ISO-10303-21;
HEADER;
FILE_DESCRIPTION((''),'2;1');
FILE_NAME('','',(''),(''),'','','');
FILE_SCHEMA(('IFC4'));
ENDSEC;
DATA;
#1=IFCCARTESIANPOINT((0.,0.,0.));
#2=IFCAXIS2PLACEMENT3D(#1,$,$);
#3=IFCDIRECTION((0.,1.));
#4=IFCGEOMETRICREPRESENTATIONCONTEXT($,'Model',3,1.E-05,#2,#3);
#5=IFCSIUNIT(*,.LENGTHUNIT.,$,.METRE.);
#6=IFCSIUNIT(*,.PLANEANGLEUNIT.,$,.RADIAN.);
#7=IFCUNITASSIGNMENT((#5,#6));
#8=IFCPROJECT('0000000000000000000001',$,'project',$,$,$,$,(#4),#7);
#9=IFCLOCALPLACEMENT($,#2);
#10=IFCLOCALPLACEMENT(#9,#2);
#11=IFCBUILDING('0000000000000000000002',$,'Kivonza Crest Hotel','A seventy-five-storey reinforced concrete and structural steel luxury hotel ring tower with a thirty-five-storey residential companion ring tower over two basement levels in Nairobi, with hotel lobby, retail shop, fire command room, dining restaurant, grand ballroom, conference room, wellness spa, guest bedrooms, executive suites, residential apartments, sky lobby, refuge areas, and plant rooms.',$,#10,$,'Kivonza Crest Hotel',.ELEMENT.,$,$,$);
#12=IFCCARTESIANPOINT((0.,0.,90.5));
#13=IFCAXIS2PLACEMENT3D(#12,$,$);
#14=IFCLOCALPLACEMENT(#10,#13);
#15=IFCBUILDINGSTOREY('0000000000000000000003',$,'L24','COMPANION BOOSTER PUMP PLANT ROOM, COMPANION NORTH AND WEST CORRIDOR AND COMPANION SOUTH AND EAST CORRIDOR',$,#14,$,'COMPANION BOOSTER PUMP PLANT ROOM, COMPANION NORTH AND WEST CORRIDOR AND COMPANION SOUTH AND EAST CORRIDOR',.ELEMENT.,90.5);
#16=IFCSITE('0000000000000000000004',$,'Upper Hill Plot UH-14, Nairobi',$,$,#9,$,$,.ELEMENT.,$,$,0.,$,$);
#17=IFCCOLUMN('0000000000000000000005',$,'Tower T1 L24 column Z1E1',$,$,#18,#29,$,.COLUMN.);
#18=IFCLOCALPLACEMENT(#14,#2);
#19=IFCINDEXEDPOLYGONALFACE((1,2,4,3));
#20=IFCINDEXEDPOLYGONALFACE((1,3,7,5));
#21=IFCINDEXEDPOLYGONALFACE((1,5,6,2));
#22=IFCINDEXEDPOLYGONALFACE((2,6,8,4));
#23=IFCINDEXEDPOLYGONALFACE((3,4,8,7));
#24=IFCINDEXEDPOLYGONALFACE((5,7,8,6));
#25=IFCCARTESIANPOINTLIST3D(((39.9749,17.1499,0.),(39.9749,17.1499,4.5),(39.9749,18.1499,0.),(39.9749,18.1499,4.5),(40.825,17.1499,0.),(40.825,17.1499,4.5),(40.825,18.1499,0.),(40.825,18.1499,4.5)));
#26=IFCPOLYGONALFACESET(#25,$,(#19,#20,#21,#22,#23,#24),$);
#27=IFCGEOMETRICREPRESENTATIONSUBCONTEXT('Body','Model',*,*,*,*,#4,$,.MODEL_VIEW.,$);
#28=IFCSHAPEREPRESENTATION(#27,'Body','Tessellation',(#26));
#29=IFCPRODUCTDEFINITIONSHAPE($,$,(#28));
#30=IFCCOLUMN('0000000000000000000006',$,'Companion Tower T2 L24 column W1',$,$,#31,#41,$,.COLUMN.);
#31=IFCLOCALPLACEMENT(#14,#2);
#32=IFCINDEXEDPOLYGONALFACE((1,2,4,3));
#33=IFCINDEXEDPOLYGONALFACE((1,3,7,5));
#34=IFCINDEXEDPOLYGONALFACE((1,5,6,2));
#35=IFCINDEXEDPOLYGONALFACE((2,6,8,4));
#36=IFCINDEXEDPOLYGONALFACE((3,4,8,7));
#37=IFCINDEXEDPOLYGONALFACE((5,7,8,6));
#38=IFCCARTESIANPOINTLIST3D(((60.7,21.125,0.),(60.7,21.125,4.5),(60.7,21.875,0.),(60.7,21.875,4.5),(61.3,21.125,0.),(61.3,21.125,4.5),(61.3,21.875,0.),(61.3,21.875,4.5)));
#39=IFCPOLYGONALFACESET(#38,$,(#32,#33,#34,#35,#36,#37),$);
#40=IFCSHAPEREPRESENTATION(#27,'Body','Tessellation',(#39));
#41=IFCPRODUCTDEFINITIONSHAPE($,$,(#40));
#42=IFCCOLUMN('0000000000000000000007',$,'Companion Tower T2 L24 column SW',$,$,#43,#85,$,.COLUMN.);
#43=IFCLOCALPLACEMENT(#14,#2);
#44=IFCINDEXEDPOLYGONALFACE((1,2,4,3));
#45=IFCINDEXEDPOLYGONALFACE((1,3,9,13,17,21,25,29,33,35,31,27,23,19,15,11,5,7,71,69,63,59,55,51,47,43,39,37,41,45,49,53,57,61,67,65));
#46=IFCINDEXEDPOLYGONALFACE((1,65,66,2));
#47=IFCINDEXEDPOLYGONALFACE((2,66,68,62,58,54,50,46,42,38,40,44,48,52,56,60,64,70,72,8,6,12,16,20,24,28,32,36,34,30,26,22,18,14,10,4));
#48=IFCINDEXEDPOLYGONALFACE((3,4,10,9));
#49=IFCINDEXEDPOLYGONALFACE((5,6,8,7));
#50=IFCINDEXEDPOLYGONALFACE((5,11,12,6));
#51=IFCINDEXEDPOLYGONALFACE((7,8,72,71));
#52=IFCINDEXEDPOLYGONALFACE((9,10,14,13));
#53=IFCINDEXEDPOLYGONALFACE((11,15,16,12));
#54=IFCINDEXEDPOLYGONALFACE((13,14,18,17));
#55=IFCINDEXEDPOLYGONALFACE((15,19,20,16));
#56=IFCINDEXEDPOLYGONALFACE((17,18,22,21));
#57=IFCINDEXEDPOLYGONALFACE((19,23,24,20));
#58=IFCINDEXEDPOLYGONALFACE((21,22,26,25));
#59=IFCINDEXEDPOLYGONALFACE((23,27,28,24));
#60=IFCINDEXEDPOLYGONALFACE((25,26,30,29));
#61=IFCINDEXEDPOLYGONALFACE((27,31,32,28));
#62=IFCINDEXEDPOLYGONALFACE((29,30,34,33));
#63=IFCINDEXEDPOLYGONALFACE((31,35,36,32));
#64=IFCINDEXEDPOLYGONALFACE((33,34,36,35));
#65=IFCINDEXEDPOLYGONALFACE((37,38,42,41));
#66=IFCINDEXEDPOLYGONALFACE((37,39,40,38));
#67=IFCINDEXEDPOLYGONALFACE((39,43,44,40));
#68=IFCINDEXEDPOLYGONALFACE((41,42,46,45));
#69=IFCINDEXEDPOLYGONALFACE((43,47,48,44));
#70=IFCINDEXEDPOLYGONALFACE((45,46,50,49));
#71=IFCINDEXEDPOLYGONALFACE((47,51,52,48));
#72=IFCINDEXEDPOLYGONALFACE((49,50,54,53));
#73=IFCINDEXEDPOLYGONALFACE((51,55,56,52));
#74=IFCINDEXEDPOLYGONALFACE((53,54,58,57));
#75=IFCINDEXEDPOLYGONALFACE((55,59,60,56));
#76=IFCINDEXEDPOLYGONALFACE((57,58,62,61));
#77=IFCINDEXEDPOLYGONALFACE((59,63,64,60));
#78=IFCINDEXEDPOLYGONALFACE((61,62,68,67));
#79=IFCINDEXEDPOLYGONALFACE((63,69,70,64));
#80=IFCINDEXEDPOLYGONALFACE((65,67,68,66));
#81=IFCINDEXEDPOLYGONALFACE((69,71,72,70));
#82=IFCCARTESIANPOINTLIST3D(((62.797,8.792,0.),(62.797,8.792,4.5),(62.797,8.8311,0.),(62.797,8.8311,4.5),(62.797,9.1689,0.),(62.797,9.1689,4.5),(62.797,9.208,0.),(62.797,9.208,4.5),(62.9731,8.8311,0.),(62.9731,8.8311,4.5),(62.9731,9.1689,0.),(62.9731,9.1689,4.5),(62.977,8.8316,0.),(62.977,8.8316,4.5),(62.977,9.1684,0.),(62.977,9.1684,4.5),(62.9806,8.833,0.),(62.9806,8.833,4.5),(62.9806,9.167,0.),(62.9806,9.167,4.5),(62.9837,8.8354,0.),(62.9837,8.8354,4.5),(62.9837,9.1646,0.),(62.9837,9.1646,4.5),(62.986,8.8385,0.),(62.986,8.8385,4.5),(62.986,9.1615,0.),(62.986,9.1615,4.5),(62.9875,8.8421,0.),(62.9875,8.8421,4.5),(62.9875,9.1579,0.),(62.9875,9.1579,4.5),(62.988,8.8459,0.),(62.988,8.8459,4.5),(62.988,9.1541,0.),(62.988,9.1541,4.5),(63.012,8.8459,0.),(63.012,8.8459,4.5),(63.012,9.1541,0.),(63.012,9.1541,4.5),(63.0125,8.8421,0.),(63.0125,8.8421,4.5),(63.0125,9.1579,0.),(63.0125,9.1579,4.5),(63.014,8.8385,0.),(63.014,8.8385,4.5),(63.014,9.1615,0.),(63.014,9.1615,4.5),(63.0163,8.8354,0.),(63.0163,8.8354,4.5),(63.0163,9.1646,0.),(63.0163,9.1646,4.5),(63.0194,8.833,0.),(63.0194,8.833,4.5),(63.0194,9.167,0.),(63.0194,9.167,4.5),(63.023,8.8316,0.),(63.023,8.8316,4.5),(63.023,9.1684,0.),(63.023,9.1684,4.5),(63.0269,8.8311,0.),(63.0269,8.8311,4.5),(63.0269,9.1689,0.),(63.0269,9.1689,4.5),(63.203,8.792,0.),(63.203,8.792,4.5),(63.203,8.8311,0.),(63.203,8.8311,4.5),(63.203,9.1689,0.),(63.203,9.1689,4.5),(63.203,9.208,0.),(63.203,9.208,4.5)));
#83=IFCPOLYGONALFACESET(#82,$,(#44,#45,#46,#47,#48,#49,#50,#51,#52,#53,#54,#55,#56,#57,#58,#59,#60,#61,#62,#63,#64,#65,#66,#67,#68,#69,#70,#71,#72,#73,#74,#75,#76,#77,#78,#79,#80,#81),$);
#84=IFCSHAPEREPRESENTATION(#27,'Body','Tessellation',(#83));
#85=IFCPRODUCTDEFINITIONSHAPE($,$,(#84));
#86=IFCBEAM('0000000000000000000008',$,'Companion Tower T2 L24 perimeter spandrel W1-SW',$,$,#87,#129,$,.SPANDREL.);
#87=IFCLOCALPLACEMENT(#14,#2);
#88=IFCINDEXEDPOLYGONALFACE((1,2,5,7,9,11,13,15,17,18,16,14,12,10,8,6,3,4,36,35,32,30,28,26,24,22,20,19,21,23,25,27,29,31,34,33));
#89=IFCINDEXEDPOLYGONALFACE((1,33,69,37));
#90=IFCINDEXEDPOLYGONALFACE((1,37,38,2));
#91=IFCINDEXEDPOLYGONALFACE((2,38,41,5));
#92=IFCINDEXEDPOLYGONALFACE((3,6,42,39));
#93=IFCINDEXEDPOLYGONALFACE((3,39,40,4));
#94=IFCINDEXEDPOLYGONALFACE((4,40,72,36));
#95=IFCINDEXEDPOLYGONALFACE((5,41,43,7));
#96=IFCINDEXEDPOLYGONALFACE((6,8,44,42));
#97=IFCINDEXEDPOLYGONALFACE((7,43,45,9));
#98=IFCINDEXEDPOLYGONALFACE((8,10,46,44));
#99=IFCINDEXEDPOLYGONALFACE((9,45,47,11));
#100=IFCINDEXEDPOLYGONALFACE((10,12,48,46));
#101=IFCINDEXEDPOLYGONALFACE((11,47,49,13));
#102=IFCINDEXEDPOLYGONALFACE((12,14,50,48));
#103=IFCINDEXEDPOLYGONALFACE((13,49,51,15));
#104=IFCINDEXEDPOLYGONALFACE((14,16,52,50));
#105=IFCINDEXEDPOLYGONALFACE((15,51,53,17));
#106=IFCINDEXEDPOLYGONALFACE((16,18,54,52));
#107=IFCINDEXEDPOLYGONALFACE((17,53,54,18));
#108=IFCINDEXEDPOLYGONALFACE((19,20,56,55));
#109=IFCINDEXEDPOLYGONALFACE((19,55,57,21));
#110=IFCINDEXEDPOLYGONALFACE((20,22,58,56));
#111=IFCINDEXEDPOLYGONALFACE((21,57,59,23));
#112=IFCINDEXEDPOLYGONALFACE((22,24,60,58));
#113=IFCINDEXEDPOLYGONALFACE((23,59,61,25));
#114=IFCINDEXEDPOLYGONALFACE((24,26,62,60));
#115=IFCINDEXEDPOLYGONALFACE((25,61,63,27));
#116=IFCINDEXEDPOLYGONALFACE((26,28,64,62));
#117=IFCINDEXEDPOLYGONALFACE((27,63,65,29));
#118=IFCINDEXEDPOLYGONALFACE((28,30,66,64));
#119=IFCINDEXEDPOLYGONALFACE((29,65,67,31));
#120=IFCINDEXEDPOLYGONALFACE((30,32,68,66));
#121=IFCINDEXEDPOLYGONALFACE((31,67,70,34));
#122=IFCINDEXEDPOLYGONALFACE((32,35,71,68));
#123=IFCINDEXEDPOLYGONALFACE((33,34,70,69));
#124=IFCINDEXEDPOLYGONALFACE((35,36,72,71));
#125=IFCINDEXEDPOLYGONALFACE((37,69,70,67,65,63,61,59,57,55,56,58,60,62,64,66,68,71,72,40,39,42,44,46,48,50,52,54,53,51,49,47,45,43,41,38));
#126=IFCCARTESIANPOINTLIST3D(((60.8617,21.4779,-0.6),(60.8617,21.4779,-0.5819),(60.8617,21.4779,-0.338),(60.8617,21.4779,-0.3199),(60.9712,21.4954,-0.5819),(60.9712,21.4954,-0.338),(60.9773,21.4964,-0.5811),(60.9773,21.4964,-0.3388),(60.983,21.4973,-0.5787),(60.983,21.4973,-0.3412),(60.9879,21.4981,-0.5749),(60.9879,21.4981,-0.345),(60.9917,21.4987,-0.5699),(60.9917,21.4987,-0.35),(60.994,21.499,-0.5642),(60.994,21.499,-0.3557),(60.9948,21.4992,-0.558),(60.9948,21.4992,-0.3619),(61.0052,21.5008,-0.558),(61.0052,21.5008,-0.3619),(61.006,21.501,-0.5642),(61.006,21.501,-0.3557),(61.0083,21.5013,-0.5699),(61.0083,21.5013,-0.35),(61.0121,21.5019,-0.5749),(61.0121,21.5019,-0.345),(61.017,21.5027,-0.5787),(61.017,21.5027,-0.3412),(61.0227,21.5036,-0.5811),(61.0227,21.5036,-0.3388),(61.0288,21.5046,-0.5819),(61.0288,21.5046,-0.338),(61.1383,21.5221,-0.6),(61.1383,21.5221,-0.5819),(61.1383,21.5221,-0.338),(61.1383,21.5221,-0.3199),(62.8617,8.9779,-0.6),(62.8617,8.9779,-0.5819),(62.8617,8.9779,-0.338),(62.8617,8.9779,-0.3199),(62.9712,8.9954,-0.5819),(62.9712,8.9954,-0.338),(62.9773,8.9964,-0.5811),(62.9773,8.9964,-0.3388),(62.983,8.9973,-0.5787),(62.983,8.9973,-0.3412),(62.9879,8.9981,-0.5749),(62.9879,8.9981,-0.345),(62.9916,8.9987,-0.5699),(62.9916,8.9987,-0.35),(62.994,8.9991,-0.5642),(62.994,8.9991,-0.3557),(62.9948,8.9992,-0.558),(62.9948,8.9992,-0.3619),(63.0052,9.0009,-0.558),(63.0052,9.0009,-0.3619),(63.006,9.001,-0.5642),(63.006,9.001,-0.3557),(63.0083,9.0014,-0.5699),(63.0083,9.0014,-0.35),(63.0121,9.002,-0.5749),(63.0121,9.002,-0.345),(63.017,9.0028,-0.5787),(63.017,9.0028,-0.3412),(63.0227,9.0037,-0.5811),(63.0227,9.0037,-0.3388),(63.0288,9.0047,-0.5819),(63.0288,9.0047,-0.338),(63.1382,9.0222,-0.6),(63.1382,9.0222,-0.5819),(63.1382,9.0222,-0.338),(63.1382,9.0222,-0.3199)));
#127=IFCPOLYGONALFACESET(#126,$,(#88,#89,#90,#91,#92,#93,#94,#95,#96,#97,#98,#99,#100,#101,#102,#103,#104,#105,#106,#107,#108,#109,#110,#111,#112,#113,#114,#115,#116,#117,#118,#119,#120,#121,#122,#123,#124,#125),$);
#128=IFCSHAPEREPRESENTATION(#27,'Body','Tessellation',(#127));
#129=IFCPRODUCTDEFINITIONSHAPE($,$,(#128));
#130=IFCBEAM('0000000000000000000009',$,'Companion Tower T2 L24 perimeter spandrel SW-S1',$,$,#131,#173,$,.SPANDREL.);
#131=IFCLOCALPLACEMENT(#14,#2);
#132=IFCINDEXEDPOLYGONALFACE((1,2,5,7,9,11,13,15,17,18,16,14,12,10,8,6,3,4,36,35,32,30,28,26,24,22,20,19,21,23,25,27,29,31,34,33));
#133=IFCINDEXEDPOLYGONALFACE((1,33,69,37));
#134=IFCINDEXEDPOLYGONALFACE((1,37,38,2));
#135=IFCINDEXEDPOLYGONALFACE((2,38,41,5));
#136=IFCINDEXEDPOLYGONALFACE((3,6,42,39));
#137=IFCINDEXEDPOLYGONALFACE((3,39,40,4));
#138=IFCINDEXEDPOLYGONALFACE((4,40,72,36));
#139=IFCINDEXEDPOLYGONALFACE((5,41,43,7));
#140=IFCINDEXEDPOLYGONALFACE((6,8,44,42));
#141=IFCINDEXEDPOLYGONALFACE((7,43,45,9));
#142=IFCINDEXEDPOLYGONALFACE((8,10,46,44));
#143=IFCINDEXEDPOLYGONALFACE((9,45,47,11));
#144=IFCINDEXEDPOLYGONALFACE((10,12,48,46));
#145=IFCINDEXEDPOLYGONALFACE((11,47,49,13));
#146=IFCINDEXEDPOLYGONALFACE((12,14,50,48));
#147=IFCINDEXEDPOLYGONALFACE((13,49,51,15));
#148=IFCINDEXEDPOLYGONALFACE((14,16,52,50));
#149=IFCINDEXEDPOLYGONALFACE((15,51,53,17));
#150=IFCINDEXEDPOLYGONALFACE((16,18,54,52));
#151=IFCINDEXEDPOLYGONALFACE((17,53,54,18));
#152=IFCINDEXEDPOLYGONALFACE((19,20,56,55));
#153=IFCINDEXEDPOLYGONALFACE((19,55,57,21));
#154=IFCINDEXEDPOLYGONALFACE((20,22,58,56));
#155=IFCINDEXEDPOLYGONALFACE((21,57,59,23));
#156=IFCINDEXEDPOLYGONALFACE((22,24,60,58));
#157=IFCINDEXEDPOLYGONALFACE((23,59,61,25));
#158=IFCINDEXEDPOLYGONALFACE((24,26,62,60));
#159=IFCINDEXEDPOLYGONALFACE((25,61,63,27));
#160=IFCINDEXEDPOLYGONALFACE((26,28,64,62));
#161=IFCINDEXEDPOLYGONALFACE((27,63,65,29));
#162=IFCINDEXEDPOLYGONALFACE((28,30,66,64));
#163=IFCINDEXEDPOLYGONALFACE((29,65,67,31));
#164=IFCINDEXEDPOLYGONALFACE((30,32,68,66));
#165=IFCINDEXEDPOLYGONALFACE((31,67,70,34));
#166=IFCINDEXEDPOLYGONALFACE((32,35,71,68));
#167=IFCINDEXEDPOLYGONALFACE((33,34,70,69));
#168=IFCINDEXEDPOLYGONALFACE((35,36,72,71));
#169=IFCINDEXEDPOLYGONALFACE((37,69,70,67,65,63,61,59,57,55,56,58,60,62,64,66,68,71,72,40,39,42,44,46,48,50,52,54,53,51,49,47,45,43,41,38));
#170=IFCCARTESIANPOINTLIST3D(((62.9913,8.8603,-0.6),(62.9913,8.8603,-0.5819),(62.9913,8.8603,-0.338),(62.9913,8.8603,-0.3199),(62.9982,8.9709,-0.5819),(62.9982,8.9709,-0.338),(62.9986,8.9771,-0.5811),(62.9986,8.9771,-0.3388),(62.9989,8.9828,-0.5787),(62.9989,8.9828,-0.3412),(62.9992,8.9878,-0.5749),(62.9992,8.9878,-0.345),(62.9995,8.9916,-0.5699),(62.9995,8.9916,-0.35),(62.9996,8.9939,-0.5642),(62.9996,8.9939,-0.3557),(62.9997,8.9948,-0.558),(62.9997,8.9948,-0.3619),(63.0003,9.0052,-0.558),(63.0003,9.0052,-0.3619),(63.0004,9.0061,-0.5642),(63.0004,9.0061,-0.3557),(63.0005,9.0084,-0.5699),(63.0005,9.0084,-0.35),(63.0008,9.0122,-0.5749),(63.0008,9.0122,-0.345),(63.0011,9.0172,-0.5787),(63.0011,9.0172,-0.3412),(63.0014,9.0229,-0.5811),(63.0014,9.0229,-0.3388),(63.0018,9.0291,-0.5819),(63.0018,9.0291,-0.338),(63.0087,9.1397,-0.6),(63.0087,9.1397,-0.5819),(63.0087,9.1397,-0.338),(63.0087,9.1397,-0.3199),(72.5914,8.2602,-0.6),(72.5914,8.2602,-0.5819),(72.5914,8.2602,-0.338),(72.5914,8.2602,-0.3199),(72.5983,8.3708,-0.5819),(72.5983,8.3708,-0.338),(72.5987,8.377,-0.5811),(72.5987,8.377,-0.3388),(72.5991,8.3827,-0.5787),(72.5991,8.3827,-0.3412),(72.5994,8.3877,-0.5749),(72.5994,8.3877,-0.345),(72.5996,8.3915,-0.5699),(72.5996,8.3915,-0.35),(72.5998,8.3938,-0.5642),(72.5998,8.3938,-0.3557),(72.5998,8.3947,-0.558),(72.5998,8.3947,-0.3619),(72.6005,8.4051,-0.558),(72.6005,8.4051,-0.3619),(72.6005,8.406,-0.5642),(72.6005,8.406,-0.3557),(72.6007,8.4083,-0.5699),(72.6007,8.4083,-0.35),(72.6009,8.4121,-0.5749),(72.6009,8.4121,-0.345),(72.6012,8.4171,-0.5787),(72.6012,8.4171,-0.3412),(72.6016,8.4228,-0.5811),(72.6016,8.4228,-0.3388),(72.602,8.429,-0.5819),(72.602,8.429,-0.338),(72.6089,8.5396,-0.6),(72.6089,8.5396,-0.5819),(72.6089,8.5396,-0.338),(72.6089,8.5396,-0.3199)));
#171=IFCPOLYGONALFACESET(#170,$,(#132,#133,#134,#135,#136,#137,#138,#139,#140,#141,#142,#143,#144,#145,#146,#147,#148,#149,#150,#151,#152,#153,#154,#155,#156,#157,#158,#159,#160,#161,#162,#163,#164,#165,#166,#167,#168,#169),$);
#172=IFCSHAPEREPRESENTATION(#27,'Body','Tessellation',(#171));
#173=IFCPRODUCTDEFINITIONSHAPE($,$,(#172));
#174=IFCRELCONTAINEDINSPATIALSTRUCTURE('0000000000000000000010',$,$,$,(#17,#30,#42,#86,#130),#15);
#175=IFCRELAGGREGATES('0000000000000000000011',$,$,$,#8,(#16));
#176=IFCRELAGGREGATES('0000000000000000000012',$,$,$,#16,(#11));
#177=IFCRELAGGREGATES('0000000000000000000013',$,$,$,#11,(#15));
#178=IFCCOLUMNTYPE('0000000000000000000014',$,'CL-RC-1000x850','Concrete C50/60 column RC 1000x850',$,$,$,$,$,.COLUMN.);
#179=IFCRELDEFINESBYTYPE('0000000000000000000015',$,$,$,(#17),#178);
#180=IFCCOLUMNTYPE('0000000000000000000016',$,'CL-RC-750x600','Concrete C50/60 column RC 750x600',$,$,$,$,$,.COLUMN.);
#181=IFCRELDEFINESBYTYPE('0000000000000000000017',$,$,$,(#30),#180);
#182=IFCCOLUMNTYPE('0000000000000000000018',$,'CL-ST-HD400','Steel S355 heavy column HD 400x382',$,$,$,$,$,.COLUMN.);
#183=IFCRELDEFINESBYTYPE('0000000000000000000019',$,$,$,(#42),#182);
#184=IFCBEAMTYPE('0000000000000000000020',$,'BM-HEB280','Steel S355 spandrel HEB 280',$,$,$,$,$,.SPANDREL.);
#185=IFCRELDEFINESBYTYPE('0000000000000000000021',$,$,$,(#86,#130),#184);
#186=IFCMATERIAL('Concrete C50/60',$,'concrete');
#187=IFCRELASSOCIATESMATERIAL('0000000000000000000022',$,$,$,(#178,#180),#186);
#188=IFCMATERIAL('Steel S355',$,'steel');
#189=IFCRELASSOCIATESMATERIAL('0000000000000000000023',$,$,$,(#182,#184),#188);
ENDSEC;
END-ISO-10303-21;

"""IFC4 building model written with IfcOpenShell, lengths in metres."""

from ifc_helpers import new_model, si_unit, direction, frame, origin, origin_2d, place, context, subcontext, project, spatial, rectangle, i_section, extrude, material, material_profile, profile_set, type_object, element, save


model = new_model("IFC4")

# Units and contexts
model_context = context("Model", 3, precision=1e-05, world=origin(), true_north=direction((0.0, 1.0)))
body_context = subcontext(model_context, "Body", "Model", "MODEL_VIEW")
ifc_project = project(units=[si_unit("LENGTHUNIT", "METRE"), si_unit("PLANEANGLEUNIT", "RADIAN")], contexts=[model_context])

# Site, building, storey
site_placement = place(None, origin())
site = spatial("IfcSite", under=ifc_project, at=site_placement, Name="Upper Hill Plot UH-14, Nairobi", CompositionType="ELEMENT", RefElevation=0.0)
building_placement = place(site_placement, origin())
building = spatial("IfcBuilding", under=site, at=building_placement, Name="Kivonza Crest Hotel", Description="A seventy-five-storey reinforced concrete and structural steel luxury hotel ring tower with a thirty-five-storey residential companion ring tower over two basement levels in Nairobi, with hotel lobby, retail shop, fire command room, dining restaurant, grand ballroom, conference room, wellness spa, guest bedrooms, executive suites, residential apartments, sky lobby, refuge areas, and plant rooms.", LongName="Kivonza Crest Hotel", CompositionType="ELEMENT")
storey_placement = place(building_placement, frame((0.0, 0.0, 90.5)))
storey = spatial("IfcBuildingStorey", under=building, at=storey_placement, Name="L24", Description="COMPANION BOOSTER PUMP PLANT ROOM, COMPANION NORTH AND WEST CORRIDOR AND COMPANION SOUTH AND EAST CORRIDOR", LongName="COMPANION BOOSTER PUMP PLANT ROOM, COMPANION NORTH AND WEST CORRIDOR AND COMPANION SOUTH AND EAST CORRIDOR", CompositionType="ELEMENT", Elevation=90.5)

# Columns
ifc_material_1 = material(Name="Concrete C50/60", Category="concrete")
ifc_material_profile_1 = material_profile(ifc_material_1, rectangle(XDim=0.8501, YDim=1.0, at=origin_2d()), Name="RC 1000x850")
ifc_profile_set_1 = profile_set([ifc_material_profile_1], Name="Concrete C50/60")
column_type_1 = type_object("IfcColumnType", Name="CL-RC-1000x850", Description="Concrete C50/60 column RC 1000x850", PredefinedType="COLUMN", material=ifc_profile_set_1)
column_1_placement = place(storey_placement, frame((40.3999, 17.6499, 0.0), z_axis=(0.0, 0.0, 1.0), x_axis=(1.0, 0.0, 0.0)))
element("IfcColumn", 1, at=column_1_placement, inside=storey, type_object=column_type_1, Name="Tower T1 L24 column Z1E1", PredefinedType="COLUMN", context=body_context, shape_type="SweptSolid", body=[
    extrude(rectangle(XDim=0.8501, YDim=1.0, at=origin_2d()), origin(), (0.0, 0.0, 1.0), 4.5),
])
ifc_material_profile_2 = material_profile(ifc_material_1, rectangle(XDim=0.6001, YDim=0.75, at=origin_2d()), Name="RC 750x600")
ifc_profile_set_2 = profile_set([ifc_material_profile_2], Name="Concrete C50/60")
column_type_2 = type_object("IfcColumnType", Name="CL-RC-750x600", Description="Concrete C50/60 column RC 750x600", PredefinedType="COLUMN", material=ifc_profile_set_2)
column_2_placement = place(storey_placement, frame((61.0, 21.5, 0.0), z_axis=(0.0, 0.0, 1.0), x_axis=(1.0, 0.0, 0.0)))
element("IfcColumn", 2, at=column_2_placement, inside=storey, type_object=column_type_2, Name="Companion Tower T2 L24 column W1", PredefinedType="COLUMN", context=body_context, shape_type="SweptSolid", body=[
    extrude(rectangle(XDim=0.6001, YDim=0.75, at=origin_2d()), origin(), (0.0, 0.0, 1.0), 4.5),
])
ifc_material_2 = material(Name="Steel S355", Category="steel")
ifc_material_profile_3 = material_profile(ifc_material_2, i_section(OverallWidth=0.406, OverallDepth=0.416, WebThickness=0.0239, FlangeThickness=0.0391, FilletRadius=0.0149, at=origin_2d()), Name="HD 400x382")
ifc_profile_set_3 = profile_set([ifc_material_profile_3], Name="Steel S355")
column_type_3 = type_object("IfcColumnType", Name="CL-ST-HD400", Description="Steel S355 heavy column HD 400x382", PredefinedType="COLUMN", material=ifc_profile_set_3)
column_3_placement = place(storey_placement, frame((63.0, 9.0, 0.0), z_axis=(0.0, 0.0, 1.0), x_axis=(1.0, 0.0, 0.0)))
element("IfcColumn", 3, at=column_3_placement, inside=storey, type_object=column_type_3, Name="Companion Tower T2 L24 column SW", PredefinedType="COLUMN", context=body_context, shape_type="SweptSolid", body=[
    extrude(i_section(OverallWidth=0.406, OverallDepth=0.416, WebThickness=0.0239, FlangeThickness=0.0391, FilletRadius=0.0149, at=origin_2d()), origin(), (0.0, 0.0, 1.0), 4.5),
])

# Beams
ifc_material_profile_4 = material_profile(ifc_material_2, i_section(OverallWidth=0.28, OverallDepth=0.28, WebThickness=0.0105, FlangeThickness=0.0181, FilletRadius=0.0239, at=origin_2d()), Name="HEB 280")
ifc_profile_set_4 = profile_set([ifc_material_profile_4], Name="Steel S355")
beam_type_1 = type_object("IfcBeamType", Name="BM-HEB280", Description="Steel S355 spandrel HEB 280", PredefinedType="SPANDREL", material=ifc_profile_set_4)
beam_1_placement = place(storey_placement, frame((61.0, 21.5, -0.46), z_axis=(0.157991, -0.987441, 0.0), x_axis=(0.987441, 0.157991, 0.0)))
element("IfcBeam", 4, at=beam_1_placement, inside=storey, type_object=beam_type_1, Name="Companion Tower T2 L24 perimeter spandrel W1-SW", PredefinedType="SPANDREL", context=body_context, shape_type="SweptSolid", body=[
    extrude(i_section(OverallWidth=0.28, OverallDepth=0.28, WebThickness=0.0105, FlangeThickness=0.0181, FilletRadius=0.0239, at=origin_2d()), origin(), (0.0, 0.0, 1.0), 12.6589),
])
beam_2_placement = place(storey_placement, frame((63.0, 9.0, -0.46), z_axis=(0.998052, -0.062388, 0.0), x_axis=(0.062388, 0.998052, 0.0)))
element("IfcBeam", 5, at=beam_2_placement, inside=storey, type_object=beam_type_1, Name="Companion Tower T2 L24 perimeter spandrel SW-S1", PredefinedType="SPANDREL", context=body_context, shape_type="SweptSolid", body=[
    extrude(i_section(OverallWidth=0.28, OverallDepth=0.28, WebThickness=0.0105, FlangeThickness=0.0181, FilletRadius=0.0239, at=origin_2d()), origin(), (0.0, 0.0, 1.0), 9.6189),
])

save(model, "model.ifc")
